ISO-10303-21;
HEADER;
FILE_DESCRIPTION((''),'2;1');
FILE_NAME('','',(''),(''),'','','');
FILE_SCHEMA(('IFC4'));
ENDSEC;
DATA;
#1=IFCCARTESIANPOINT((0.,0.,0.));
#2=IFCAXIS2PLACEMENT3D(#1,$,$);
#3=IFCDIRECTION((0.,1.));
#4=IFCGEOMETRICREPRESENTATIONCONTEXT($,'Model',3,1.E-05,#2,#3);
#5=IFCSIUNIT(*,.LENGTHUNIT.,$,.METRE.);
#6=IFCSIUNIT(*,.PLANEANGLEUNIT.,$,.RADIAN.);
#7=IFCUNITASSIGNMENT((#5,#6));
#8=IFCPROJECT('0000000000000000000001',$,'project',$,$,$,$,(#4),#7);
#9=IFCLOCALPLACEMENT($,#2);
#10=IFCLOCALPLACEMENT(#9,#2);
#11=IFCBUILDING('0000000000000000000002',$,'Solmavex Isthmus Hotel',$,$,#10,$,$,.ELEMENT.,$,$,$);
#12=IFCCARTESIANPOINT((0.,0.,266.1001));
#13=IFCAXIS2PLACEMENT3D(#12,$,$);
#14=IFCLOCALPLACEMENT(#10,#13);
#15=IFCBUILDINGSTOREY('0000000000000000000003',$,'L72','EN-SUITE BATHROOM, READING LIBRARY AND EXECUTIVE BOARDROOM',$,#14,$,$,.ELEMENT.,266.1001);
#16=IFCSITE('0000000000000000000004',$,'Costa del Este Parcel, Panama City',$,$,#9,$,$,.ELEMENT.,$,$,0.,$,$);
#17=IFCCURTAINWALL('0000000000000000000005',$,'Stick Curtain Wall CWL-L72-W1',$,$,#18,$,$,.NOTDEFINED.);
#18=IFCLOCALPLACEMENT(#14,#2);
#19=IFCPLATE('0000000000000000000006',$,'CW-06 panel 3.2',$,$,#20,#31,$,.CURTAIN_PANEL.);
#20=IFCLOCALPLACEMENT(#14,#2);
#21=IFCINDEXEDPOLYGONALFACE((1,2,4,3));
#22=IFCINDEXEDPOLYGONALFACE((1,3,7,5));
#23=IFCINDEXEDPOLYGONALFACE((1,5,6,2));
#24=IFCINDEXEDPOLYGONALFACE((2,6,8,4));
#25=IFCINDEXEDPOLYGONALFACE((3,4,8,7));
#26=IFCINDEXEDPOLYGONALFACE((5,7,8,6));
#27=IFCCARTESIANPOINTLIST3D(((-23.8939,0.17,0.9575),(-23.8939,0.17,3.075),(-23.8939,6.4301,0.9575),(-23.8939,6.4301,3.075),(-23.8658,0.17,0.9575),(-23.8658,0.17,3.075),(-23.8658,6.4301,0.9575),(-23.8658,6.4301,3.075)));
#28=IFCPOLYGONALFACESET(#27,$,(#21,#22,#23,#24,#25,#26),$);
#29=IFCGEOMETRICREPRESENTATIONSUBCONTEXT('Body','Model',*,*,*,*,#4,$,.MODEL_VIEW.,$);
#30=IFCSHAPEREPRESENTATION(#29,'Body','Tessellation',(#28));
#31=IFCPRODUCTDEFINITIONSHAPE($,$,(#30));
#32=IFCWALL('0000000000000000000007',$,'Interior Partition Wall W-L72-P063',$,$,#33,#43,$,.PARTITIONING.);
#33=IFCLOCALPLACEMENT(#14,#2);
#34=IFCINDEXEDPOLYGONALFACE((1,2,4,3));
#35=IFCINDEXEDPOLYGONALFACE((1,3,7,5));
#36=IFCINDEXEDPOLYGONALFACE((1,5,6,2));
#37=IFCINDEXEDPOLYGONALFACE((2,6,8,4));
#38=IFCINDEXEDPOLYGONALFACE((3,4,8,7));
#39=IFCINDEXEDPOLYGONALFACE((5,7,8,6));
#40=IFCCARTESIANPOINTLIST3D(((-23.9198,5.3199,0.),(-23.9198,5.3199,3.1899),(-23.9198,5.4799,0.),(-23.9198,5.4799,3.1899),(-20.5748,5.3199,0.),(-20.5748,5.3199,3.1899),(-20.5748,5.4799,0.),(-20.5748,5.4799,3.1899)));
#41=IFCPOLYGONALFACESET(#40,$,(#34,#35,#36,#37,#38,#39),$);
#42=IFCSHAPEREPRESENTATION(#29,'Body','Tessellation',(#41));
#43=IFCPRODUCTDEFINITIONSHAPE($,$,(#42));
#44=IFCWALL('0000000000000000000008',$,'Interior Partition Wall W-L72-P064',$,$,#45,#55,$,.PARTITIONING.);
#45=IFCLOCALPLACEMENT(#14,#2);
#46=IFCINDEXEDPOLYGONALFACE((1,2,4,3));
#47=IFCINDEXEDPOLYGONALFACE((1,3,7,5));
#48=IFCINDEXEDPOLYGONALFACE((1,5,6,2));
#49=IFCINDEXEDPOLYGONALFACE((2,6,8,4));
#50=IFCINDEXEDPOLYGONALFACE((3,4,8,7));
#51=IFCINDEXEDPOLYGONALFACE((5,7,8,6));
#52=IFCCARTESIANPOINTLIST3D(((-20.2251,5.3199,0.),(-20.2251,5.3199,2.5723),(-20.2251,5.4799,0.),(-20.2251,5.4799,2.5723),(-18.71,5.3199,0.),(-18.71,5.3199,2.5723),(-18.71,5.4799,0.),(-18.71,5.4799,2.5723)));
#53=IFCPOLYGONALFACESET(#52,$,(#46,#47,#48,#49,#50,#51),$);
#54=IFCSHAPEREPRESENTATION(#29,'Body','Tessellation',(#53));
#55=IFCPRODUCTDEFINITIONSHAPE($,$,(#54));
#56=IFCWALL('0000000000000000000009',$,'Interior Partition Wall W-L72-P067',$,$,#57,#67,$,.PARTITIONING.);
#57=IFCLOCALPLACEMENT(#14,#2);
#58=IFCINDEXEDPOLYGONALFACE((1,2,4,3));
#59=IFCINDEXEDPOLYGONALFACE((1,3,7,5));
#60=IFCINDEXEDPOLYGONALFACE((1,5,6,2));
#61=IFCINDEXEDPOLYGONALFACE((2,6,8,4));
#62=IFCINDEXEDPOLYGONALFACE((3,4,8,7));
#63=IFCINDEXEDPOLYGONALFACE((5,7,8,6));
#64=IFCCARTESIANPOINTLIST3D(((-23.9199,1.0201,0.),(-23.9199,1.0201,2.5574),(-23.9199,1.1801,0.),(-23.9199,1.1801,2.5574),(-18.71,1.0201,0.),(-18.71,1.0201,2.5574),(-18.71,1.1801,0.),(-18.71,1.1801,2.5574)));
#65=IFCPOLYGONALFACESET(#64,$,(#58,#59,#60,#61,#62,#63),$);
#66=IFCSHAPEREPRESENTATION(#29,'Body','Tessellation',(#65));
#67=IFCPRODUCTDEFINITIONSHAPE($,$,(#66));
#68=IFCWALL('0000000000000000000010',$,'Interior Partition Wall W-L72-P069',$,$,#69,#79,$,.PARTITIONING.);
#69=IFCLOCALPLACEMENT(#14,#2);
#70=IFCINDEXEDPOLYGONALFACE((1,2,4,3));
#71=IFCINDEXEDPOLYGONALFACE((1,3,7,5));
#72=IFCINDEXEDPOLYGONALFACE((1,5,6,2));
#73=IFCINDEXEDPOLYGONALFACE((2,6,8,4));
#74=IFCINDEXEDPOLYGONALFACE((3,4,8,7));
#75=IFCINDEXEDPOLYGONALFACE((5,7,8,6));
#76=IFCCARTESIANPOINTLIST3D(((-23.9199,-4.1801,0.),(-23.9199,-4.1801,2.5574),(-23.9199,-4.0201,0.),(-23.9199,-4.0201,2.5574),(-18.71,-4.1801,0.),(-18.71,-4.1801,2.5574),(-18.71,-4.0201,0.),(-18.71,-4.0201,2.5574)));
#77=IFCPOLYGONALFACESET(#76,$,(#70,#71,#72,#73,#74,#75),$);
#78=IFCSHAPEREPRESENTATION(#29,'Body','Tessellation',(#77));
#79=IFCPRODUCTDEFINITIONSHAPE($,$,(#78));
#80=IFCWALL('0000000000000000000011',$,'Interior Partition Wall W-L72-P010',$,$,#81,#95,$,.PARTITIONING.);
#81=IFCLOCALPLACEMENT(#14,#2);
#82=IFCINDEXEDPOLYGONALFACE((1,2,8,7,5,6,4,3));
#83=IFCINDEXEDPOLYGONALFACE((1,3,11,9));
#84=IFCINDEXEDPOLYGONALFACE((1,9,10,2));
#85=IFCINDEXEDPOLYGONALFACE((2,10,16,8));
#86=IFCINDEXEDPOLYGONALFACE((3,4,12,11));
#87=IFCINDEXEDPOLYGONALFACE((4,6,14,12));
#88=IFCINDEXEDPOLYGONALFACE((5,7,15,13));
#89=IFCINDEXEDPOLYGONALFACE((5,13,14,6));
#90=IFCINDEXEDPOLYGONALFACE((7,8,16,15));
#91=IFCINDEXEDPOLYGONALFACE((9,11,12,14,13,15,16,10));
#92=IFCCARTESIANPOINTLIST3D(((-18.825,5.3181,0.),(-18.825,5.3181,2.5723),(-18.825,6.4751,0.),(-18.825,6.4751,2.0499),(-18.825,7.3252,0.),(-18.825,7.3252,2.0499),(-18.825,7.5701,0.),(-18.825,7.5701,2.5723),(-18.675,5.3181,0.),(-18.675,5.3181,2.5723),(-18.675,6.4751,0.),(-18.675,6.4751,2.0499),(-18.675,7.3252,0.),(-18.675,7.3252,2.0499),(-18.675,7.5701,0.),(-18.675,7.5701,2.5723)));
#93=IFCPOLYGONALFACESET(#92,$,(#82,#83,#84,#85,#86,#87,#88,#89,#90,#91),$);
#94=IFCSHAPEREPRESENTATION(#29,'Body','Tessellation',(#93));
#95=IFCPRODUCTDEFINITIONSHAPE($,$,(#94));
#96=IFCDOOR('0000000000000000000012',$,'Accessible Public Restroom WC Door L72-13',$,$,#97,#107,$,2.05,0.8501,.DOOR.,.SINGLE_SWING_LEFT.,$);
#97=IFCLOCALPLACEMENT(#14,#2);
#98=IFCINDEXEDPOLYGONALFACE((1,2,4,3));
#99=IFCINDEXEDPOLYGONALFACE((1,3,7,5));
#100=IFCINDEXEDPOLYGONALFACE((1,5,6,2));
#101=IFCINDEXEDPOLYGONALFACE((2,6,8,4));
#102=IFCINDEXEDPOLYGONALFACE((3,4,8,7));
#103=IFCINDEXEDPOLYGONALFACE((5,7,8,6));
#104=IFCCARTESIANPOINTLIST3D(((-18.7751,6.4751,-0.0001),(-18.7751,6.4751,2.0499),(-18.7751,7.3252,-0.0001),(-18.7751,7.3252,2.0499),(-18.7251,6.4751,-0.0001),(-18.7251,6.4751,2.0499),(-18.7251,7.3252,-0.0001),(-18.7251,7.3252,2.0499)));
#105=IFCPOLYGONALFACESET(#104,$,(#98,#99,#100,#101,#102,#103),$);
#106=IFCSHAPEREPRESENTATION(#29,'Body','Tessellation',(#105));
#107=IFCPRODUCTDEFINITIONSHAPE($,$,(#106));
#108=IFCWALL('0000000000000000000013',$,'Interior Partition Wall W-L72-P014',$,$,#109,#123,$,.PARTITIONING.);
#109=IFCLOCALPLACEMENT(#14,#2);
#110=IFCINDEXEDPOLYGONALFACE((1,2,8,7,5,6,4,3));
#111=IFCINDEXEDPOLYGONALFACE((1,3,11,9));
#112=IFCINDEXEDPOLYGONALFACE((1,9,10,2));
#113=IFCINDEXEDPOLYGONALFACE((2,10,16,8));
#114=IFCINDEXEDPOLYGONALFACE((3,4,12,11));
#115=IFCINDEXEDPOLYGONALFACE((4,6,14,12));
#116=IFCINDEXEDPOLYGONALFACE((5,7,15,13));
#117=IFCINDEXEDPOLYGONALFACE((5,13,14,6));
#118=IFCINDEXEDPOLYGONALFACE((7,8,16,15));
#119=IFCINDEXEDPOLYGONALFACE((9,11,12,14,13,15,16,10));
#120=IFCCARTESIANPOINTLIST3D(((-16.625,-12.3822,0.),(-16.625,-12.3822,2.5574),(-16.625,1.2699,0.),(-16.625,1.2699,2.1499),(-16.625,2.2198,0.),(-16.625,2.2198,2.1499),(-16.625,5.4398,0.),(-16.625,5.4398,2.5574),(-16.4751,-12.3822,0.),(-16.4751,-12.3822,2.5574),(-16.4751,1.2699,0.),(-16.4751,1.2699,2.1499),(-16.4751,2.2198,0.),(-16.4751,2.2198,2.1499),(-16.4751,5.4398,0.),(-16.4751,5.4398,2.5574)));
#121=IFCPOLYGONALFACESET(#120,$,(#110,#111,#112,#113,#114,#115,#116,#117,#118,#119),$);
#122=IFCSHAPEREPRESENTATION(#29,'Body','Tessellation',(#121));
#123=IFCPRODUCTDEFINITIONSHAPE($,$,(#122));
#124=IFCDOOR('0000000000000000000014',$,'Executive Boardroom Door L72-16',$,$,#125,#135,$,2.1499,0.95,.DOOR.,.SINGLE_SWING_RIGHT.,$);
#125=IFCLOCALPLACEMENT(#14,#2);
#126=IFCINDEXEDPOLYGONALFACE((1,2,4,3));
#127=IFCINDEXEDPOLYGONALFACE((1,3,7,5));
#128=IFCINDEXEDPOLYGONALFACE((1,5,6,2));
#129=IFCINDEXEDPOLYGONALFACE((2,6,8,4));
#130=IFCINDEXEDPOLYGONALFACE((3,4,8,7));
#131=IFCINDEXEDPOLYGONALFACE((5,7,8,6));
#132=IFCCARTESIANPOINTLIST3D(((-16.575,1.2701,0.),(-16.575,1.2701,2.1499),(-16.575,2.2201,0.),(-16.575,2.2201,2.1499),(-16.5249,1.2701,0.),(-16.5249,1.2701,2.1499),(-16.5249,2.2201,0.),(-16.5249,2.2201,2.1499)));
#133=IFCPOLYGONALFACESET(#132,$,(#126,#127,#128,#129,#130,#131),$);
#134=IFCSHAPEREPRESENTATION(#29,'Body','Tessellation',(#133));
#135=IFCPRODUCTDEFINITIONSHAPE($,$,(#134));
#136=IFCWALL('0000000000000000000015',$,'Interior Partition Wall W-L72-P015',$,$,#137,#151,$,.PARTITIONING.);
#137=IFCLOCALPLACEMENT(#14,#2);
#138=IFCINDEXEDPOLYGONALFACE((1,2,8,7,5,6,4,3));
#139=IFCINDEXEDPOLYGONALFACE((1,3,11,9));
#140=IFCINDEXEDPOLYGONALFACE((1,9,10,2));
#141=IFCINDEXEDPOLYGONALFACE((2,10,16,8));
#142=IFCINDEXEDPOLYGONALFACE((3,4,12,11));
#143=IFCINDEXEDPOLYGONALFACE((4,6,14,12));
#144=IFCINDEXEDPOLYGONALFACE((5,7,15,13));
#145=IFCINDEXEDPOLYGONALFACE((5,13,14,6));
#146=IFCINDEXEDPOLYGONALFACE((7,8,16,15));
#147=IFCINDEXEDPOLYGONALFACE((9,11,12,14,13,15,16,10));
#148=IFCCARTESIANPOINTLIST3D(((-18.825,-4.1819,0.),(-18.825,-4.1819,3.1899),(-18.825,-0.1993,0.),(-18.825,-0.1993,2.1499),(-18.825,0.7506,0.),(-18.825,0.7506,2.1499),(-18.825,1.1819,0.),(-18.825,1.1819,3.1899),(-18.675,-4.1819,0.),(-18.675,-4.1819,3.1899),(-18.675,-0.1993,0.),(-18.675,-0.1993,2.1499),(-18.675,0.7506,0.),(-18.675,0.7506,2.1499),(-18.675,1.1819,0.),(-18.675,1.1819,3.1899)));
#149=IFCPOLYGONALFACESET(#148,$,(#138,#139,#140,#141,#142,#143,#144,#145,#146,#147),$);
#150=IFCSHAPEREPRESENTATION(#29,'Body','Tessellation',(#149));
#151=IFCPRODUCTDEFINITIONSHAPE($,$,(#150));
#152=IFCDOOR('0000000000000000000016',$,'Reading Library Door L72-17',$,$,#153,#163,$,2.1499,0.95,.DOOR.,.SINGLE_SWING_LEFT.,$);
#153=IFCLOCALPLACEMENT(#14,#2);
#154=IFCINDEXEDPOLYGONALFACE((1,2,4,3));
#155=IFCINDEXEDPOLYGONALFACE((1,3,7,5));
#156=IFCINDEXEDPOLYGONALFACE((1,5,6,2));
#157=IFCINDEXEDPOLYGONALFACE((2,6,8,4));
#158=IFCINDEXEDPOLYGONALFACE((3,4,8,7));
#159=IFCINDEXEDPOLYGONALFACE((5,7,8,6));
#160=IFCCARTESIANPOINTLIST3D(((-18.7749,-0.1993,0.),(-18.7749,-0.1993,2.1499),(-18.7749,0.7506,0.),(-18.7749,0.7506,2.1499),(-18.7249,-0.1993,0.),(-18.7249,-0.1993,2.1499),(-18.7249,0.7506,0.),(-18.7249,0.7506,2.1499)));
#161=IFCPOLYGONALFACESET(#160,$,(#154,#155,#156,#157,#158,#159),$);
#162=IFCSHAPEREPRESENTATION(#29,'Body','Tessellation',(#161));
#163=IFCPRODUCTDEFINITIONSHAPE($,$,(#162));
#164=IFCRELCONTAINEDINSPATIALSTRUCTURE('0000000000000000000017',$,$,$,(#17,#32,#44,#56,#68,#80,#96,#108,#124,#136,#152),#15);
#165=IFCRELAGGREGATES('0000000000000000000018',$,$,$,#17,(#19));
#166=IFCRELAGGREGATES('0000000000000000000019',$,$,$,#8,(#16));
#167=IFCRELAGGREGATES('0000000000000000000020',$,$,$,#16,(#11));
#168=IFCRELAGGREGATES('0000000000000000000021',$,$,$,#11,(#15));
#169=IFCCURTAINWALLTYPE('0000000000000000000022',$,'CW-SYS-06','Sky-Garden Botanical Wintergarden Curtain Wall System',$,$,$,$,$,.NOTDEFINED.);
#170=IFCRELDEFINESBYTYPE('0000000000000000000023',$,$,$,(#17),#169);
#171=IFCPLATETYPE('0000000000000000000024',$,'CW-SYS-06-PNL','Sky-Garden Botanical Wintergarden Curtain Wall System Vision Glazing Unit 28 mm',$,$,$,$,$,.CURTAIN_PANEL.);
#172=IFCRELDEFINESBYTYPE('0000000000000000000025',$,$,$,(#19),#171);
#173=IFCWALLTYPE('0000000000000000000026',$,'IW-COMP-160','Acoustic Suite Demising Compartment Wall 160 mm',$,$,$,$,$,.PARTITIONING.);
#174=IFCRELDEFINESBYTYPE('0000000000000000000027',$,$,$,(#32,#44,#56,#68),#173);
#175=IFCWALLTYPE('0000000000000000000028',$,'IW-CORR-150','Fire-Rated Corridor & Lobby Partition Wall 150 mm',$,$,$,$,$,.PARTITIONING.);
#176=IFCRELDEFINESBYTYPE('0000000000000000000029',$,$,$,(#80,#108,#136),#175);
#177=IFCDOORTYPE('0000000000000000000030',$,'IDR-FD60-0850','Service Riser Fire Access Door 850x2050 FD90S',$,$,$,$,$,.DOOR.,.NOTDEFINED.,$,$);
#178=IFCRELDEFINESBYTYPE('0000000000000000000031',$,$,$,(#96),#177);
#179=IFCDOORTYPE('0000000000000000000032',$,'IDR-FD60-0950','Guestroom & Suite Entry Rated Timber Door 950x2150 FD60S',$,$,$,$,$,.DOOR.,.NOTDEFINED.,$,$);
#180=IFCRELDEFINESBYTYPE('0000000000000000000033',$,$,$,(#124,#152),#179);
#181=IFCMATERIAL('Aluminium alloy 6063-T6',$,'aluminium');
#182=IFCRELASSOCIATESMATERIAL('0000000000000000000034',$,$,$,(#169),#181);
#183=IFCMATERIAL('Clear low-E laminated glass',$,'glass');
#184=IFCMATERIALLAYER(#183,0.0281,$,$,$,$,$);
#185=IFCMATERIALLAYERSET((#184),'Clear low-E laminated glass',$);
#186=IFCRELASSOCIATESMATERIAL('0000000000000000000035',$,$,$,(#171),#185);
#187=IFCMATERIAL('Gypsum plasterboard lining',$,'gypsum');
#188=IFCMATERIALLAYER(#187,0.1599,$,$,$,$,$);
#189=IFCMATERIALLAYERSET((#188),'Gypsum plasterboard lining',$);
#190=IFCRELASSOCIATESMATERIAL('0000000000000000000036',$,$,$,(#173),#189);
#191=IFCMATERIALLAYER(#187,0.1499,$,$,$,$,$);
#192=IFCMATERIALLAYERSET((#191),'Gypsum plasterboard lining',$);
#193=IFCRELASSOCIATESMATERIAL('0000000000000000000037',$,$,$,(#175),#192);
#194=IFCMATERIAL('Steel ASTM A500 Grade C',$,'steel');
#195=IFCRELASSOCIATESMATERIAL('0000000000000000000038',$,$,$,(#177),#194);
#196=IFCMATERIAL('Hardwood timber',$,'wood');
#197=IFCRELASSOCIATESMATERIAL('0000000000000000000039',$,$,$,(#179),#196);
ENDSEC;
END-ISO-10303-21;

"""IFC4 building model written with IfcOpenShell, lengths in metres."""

from ifc_helpers import new_model, si_unit, direction, frame, frame_2d, origin, origin_2d, place, context, subcontext, project, spatial, rectangle, extrude, material, layer, layer_set, type_object, element, fill, aggregate, save


model = new_model("IFC4")

# Units and contexts
model_context = context("Model", 3, precision=1e-05, world=origin(), true_north=direction((0.0, 1.0)))
body_context = subcontext(model_context, "Body", "Model", "MODEL_VIEW")
ifc_project = project(units=[si_unit("LENGTHUNIT", "METRE"), si_unit("PLANEANGLEUNIT", "RADIAN")], contexts=[model_context])

# Site, building, storey
site_placement = place(None, origin())
site = spatial("IfcSite", under=ifc_project, at=site_placement, Name="Costa del Este Parcel, Panama City", CompositionType="ELEMENT", RefElevation=0.0)
building_placement = place(site_placement, origin())
building = spatial("IfcBuilding", under=site, at=building_placement, Name="Solmavex Isthmus Hotel", CompositionType="ELEMENT")
storey_placement = place(building_placement, frame((0.0, 0.0, 266.1001)))
storey = spatial("IfcBuildingStorey", under=building, at=storey_placement, Name="L72", Description="EN-SUITE BATHROOM, READING LIBRARY AND EXECUTIVE BOARDROOM", CompositionType="ELEMENT", Elevation=266.1001)

# Curtain wall, plate
ifc_material_1 = material(Name="Aluminium alloy 6063-T6", Category="aluminium")
curtain_wall_type = type_object("IfcCurtainWallType", Name="CW-SYS-06", Description="Sky-Garden Botanical Wintergarden Curtain Wall System", PredefinedType="NOTDEFINED", material=ifc_material_1)
curtain_wall_placement = place(storey_placement, origin())
curtain_wall = element("IfcCurtainWall", 1, at=curtain_wall_placement, inside=storey, type_object=curtain_wall_type, Name="Stick Curtain Wall CWL-L72-W1", PredefinedType="NOTDEFINED")
ifc_material_2 = material(Name="Clear low-E laminated glass", Category="glass")
ifc_layer_1 = layer(ifc_material_2, 0.0281)
ifc_layer_set_1 = layer_set([ifc_layer_1], Name="Clear low-E laminated glass")
plate_type = type_object("IfcPlateType", Name="CW-SYS-06-PNL", Description="Sky-Garden Botanical Wintergarden Curtain Wall System Vision Glazing Unit 28 mm", PredefinedType="CURTAIN_PANEL", material=ifc_layer_set_1)
plate_1_placement = place(storey_placement, frame((-23.8799, 3.3, 0.9575), z_axis=(0.0, 0.0, 1.0), x_axis=(0.0, 1.0, 0.0)))
plate_1 = element("IfcPlate", 2, at=plate_1_placement, type_object=plate_type, Name="CW-06 panel 3.2", PredefinedType="CURTAIN_PANEL", context=body_context, shape_type="SweptSolid", body=[
    extrude(rectangle(XDim=6.26, YDim=0.0281, at=origin_2d()), origin(), (0.0, 0.0, 1.0), 2.1174),
])
aggregate(curtain_wall, [plate_1])

# Walls
ifc_material_3 = material(Name="Gypsum plasterboard lining", Category="gypsum")
ifc_layer_2 = layer(ifc_material_3, 0.1599)
ifc_layer_set_2 = layer_set([ifc_layer_2], Name="Gypsum plasterboard lining")
wall_type_1 = type_object("IfcWallType", Name="IW-COMP-160", Description="Acoustic Suite Demising Compartment Wall 160 mm", PredefinedType="PARTITIONING", material=ifc_layer_set_2)
wall_1_placement = place(storey_placement, frame((-20.575, 5.3999, 0.0), z_axis=(0.0, 0.0, 1.0), x_axis=(-1.0, 0.0, 0.0)))
element("IfcWall", 3, at=wall_1_placement, inside=storey, type_object=wall_type_1, Name="Interior Partition Wall W-L72-P063", PredefinedType="PARTITIONING", context=body_context, shape_type="SweptSolid", body=[
    extrude(rectangle(XDim=3.345, YDim=0.1599, at=frame_2d((1.6724, 0.0))), origin(), (0.0, 0.0, 1.0), 3.1899),
])
wall_2_placement = place(storey_placement, frame((-18.71, 5.3999, 0.0), z_axis=(0.0, 0.0, 1.0), x_axis=(-1.0, 0.0, 0.0)))
element("IfcWall", 4, at=wall_2_placement, inside=storey, type_object=wall_type_1, Name="Interior Partition Wall W-L72-P064", PredefinedType="PARTITIONING", context=body_context, shape_type="SweptSolid", body=[
    extrude(rectangle(XDim=1.5151, YDim=0.1599, at=frame_2d((0.7576, 0.0))), origin(), (0.0, 0.0, 1.0), 2.5723),
])
for number, where, z_axis, x_axis, name in (
    (5, (-18.71, 1.1001, 0.0), (0.0, 0.0, 1.0), (-1.0, 0.0, 0.0), "Interior Partition Wall W-L72-P067"),
    (6, (-18.71, -4.1001, 0.0), (0.0, 0.0, 1.0), (-1.0, 0.0, 0.0), "Interior Partition Wall W-L72-P069"),
):
    element("IfcWall", number, at=place(storey_placement, frame(where, z_axis=z_axis, x_axis=x_axis)), inside=storey, type_object=wall_type_1, Name=name, PredefinedType="PARTITIONING", context=body_context, shape_type="SweptSolid", body=[
        extrude(rectangle(XDim=5.21, YDim=0.1599, at=frame_2d((2.605, 0.0))), origin(), (0.0, 0.0, 1.0), 2.5574),
    ])

# Walls, openings, doors
ifc_layer_3 = layer(ifc_material_3, 0.1499)
ifc_layer_set_3 = layer_set([ifc_layer_3], Name="Gypsum plasterboard lining")
wall_type_2 = type_object("IfcWallType", Name="IW-CORR-150", Description="Fire-Rated Corridor & Lobby Partition Wall 150 mm", PredefinedType="PARTITIONING", material=ifc_layer_set_3)
wall_3_placement = place(storey_placement, frame((-18.75, 5.3181, 0.0), z_axis=(0.0, 0.0, 1.0), x_axis=(0.0, 1.0, 0.0)))
wall_3 = element("IfcWall", 7, at=wall_3_placement, inside=storey, type_object=wall_type_2, Name="Interior Partition Wall W-L72-P010", PredefinedType="PARTITIONING", context=body_context, shape_type="SweptSolid", body=[
    extrude(rectangle(XDim=2.252, YDim=0.1499, at=frame_2d((1.126, 0.0))), origin(), (0.0, 0.0, 1.0), 2.5723),
])
opening_1_placement = place(wall_3_placement, frame((1.157, 0.0, 0.0)))
opening_1 = element("IfcOpeningElement", 8, at=opening_1_placement, cuts=wall_3, PredefinedType="OPENING", context=body_context, shape_type="SweptSolid", body=[
    extrude(rectangle(XDim=0.8501, YDim=2.05, at=frame_2d((0.425, 1.0249))), frame((0.0, 0.085, 0.0), z_axis=(0.0, -1.0, 0.0), x_axis=(1.0, 0.0, 0.0)), (0.0, 0.0, 1.0), 0.1699),
])
ifc_material_4 = material(Name="Steel ASTM A500 Grade C", Category="steel")
door_type_1 = type_object("IfcDoorType", Name="IDR-FD60-0850", Description="Service Riser Fire Access Door 850x2050 FD90S", OperationType="NOTDEFINED", PredefinedType="DOOR", material=ifc_material_4)
door_1_placement = place(opening_1_placement, frame((0.8501, 0.0, 0.0), z_axis=(0.0, 0.0, 1.0), x_axis=(-1.0, 0.0, 0.0)))
door_1 = element("IfcDoor", 9, at=door_1_placement, inside=storey, type_object=door_type_1, Name="Accessible Public Restroom WC Door L72-13", OperationType="SINGLE_SWING_LEFT", OverallHeight=2.05, OverallWidth=0.8501, PredefinedType="DOOR", context=body_context, shape_type="SweptSolid", body=[
    extrude(rectangle(XDim=0.8501, YDim=2.05, at=frame_2d((0.425, 1.0249))), frame((0.0, 0.0249, 0.0), z_axis=(0.0, -1.0, 0.0), x_axis=(1.0, 0.0, 0.0)), (0.0, 0.0, 1.0), 0.05),
])
fill(opening_1, door_1)
ifc_material_5 = material(Name="Hardwood timber", Category="wood")
door_type_2 = type_object("IfcDoorType", Name="IDR-FD60-0950", Description="Guestroom & Suite Entry Rated Timber Door 950x2150 FD60S", OperationType="NOTDEFINED", PredefinedType="DOOR", material=ifc_material_5)
wall_4_placement = place(storey_placement, frame((-16.55, 5.4399, 0.0), z_axis=(0.0, 0.0, 1.0), x_axis=(0.0, -1.0, 0.0)))
wall_4 = element("IfcWall", 10, at=wall_4_placement, inside=storey, type_object=wall_type_2, Name="Interior Partition Wall W-L72-P014", PredefinedType="PARTITIONING", context=body_context, shape_type="SweptSolid", body=[
    extrude(rectangle(XDim=17.822, YDim=0.1499, at=frame_2d((8.9111, 0.0))), origin(), (0.0, 0.0, 1.0), 2.5574),
])
opening_2_placement = place(wall_4_placement, frame((3.22, 0.0, 0.0)))
opening_2 = element("IfcOpeningElement", 11, at=opening_2_placement, cuts=wall_4, PredefinedType="OPENING", context=body_context, shape_type="SweptSolid", body=[
    extrude(rectangle(XDim=0.95, YDim=2.1499, at=frame_2d((0.4751, 1.075))), frame((0.0, 0.085, 0.0), z_axis=(0.0, -1.0, 0.0), x_axis=(1.0, 0.0, 0.0)), (0.0, 0.0, 1.0), 0.1699),
])
door_2_placement = place(opening_2_placement, frame((0.95, 0.0, 0.0), z_axis=(0.0, 0.0, 1.0), x_axis=(-1.0, 0.0, 0.0)))
door_2 = element("IfcDoor", 12, at=door_2_placement, inside=storey, type_object=door_type_2, Name="Executive Boardroom Door L72-16", OperationType="SINGLE_SWING_RIGHT", OverallHeight=2.1499, OverallWidth=0.95, PredefinedType="DOOR", context=body_context, shape_type="SweptSolid", body=[
    extrude(rectangle(XDim=0.95, YDim=2.1499, at=frame_2d((0.4751, 1.075))), frame((0.0, 0.0249, 0.0), z_axis=(0.0, -1.0, 0.0), x_axis=(1.0, 0.0, 0.0)), (0.0, 0.0, 1.0), 0.05),
])
fill(opening_2, door_2)
wall_5_placement = place(storey_placement, frame((-18.75, -4.1819, 0.0), z_axis=(0.0, 0.0, 1.0), x_axis=(0.0, 1.0, 0.0)))
wall_5 = element("IfcWall", 13, at=wall_5_placement, inside=storey, type_object=wall_type_2, Name="Interior Partition Wall W-L72-P015", PredefinedType="PARTITIONING", context=body_context, shape_type="SweptSolid", body=[
    extrude(rectangle(XDim=5.3638, YDim=0.1499, at=frame_2d((2.6819, 0.0))), origin(), (0.0, 0.0, 1.0), 3.1899),
])
opening_3_placement = place(wall_5_placement, frame((3.9824, 0.0, 0.0)))
opening_3 = element("IfcOpeningElement", 14, at=opening_3_placement, cuts=wall_5, PredefinedType="OPENING", context=body_context, shape_type="SweptSolid", body=[
    extrude(rectangle(XDim=0.95, YDim=2.1499, at=frame_2d((0.4751, 1.075))), frame((0.0, 0.085, 0.0), z_axis=(0.0, -1.0, 0.0), x_axis=(1.0, 0.0, 0.0)), (0.0, 0.0, 1.0), 0.1699),
])
door_3_placement = place(opening_3_placement, origin())
door_3 = element("IfcDoor", 15, at=door_3_placement, inside=storey, type_object=door_type_2, Name="Reading Library Door L72-17", OperationType="SINGLE_SWING_LEFT", OverallHeight=2.1499, OverallWidth=0.95, PredefinedType="DOOR", context=body_context, shape_type="SweptSolid", body=[
    extrude(rectangle(XDim=0.95, YDim=2.1499, at=frame_2d((0.4751, 1.075))), frame((0.0, 0.0249, 0.0), z_axis=(0.0, -1.0, 0.0), x_axis=(1.0, 0.0, 0.0)), (0.0, 0.0, 1.0), 0.05),
])
fill(opening_3, door_3)

save(model, "model.ifc")
